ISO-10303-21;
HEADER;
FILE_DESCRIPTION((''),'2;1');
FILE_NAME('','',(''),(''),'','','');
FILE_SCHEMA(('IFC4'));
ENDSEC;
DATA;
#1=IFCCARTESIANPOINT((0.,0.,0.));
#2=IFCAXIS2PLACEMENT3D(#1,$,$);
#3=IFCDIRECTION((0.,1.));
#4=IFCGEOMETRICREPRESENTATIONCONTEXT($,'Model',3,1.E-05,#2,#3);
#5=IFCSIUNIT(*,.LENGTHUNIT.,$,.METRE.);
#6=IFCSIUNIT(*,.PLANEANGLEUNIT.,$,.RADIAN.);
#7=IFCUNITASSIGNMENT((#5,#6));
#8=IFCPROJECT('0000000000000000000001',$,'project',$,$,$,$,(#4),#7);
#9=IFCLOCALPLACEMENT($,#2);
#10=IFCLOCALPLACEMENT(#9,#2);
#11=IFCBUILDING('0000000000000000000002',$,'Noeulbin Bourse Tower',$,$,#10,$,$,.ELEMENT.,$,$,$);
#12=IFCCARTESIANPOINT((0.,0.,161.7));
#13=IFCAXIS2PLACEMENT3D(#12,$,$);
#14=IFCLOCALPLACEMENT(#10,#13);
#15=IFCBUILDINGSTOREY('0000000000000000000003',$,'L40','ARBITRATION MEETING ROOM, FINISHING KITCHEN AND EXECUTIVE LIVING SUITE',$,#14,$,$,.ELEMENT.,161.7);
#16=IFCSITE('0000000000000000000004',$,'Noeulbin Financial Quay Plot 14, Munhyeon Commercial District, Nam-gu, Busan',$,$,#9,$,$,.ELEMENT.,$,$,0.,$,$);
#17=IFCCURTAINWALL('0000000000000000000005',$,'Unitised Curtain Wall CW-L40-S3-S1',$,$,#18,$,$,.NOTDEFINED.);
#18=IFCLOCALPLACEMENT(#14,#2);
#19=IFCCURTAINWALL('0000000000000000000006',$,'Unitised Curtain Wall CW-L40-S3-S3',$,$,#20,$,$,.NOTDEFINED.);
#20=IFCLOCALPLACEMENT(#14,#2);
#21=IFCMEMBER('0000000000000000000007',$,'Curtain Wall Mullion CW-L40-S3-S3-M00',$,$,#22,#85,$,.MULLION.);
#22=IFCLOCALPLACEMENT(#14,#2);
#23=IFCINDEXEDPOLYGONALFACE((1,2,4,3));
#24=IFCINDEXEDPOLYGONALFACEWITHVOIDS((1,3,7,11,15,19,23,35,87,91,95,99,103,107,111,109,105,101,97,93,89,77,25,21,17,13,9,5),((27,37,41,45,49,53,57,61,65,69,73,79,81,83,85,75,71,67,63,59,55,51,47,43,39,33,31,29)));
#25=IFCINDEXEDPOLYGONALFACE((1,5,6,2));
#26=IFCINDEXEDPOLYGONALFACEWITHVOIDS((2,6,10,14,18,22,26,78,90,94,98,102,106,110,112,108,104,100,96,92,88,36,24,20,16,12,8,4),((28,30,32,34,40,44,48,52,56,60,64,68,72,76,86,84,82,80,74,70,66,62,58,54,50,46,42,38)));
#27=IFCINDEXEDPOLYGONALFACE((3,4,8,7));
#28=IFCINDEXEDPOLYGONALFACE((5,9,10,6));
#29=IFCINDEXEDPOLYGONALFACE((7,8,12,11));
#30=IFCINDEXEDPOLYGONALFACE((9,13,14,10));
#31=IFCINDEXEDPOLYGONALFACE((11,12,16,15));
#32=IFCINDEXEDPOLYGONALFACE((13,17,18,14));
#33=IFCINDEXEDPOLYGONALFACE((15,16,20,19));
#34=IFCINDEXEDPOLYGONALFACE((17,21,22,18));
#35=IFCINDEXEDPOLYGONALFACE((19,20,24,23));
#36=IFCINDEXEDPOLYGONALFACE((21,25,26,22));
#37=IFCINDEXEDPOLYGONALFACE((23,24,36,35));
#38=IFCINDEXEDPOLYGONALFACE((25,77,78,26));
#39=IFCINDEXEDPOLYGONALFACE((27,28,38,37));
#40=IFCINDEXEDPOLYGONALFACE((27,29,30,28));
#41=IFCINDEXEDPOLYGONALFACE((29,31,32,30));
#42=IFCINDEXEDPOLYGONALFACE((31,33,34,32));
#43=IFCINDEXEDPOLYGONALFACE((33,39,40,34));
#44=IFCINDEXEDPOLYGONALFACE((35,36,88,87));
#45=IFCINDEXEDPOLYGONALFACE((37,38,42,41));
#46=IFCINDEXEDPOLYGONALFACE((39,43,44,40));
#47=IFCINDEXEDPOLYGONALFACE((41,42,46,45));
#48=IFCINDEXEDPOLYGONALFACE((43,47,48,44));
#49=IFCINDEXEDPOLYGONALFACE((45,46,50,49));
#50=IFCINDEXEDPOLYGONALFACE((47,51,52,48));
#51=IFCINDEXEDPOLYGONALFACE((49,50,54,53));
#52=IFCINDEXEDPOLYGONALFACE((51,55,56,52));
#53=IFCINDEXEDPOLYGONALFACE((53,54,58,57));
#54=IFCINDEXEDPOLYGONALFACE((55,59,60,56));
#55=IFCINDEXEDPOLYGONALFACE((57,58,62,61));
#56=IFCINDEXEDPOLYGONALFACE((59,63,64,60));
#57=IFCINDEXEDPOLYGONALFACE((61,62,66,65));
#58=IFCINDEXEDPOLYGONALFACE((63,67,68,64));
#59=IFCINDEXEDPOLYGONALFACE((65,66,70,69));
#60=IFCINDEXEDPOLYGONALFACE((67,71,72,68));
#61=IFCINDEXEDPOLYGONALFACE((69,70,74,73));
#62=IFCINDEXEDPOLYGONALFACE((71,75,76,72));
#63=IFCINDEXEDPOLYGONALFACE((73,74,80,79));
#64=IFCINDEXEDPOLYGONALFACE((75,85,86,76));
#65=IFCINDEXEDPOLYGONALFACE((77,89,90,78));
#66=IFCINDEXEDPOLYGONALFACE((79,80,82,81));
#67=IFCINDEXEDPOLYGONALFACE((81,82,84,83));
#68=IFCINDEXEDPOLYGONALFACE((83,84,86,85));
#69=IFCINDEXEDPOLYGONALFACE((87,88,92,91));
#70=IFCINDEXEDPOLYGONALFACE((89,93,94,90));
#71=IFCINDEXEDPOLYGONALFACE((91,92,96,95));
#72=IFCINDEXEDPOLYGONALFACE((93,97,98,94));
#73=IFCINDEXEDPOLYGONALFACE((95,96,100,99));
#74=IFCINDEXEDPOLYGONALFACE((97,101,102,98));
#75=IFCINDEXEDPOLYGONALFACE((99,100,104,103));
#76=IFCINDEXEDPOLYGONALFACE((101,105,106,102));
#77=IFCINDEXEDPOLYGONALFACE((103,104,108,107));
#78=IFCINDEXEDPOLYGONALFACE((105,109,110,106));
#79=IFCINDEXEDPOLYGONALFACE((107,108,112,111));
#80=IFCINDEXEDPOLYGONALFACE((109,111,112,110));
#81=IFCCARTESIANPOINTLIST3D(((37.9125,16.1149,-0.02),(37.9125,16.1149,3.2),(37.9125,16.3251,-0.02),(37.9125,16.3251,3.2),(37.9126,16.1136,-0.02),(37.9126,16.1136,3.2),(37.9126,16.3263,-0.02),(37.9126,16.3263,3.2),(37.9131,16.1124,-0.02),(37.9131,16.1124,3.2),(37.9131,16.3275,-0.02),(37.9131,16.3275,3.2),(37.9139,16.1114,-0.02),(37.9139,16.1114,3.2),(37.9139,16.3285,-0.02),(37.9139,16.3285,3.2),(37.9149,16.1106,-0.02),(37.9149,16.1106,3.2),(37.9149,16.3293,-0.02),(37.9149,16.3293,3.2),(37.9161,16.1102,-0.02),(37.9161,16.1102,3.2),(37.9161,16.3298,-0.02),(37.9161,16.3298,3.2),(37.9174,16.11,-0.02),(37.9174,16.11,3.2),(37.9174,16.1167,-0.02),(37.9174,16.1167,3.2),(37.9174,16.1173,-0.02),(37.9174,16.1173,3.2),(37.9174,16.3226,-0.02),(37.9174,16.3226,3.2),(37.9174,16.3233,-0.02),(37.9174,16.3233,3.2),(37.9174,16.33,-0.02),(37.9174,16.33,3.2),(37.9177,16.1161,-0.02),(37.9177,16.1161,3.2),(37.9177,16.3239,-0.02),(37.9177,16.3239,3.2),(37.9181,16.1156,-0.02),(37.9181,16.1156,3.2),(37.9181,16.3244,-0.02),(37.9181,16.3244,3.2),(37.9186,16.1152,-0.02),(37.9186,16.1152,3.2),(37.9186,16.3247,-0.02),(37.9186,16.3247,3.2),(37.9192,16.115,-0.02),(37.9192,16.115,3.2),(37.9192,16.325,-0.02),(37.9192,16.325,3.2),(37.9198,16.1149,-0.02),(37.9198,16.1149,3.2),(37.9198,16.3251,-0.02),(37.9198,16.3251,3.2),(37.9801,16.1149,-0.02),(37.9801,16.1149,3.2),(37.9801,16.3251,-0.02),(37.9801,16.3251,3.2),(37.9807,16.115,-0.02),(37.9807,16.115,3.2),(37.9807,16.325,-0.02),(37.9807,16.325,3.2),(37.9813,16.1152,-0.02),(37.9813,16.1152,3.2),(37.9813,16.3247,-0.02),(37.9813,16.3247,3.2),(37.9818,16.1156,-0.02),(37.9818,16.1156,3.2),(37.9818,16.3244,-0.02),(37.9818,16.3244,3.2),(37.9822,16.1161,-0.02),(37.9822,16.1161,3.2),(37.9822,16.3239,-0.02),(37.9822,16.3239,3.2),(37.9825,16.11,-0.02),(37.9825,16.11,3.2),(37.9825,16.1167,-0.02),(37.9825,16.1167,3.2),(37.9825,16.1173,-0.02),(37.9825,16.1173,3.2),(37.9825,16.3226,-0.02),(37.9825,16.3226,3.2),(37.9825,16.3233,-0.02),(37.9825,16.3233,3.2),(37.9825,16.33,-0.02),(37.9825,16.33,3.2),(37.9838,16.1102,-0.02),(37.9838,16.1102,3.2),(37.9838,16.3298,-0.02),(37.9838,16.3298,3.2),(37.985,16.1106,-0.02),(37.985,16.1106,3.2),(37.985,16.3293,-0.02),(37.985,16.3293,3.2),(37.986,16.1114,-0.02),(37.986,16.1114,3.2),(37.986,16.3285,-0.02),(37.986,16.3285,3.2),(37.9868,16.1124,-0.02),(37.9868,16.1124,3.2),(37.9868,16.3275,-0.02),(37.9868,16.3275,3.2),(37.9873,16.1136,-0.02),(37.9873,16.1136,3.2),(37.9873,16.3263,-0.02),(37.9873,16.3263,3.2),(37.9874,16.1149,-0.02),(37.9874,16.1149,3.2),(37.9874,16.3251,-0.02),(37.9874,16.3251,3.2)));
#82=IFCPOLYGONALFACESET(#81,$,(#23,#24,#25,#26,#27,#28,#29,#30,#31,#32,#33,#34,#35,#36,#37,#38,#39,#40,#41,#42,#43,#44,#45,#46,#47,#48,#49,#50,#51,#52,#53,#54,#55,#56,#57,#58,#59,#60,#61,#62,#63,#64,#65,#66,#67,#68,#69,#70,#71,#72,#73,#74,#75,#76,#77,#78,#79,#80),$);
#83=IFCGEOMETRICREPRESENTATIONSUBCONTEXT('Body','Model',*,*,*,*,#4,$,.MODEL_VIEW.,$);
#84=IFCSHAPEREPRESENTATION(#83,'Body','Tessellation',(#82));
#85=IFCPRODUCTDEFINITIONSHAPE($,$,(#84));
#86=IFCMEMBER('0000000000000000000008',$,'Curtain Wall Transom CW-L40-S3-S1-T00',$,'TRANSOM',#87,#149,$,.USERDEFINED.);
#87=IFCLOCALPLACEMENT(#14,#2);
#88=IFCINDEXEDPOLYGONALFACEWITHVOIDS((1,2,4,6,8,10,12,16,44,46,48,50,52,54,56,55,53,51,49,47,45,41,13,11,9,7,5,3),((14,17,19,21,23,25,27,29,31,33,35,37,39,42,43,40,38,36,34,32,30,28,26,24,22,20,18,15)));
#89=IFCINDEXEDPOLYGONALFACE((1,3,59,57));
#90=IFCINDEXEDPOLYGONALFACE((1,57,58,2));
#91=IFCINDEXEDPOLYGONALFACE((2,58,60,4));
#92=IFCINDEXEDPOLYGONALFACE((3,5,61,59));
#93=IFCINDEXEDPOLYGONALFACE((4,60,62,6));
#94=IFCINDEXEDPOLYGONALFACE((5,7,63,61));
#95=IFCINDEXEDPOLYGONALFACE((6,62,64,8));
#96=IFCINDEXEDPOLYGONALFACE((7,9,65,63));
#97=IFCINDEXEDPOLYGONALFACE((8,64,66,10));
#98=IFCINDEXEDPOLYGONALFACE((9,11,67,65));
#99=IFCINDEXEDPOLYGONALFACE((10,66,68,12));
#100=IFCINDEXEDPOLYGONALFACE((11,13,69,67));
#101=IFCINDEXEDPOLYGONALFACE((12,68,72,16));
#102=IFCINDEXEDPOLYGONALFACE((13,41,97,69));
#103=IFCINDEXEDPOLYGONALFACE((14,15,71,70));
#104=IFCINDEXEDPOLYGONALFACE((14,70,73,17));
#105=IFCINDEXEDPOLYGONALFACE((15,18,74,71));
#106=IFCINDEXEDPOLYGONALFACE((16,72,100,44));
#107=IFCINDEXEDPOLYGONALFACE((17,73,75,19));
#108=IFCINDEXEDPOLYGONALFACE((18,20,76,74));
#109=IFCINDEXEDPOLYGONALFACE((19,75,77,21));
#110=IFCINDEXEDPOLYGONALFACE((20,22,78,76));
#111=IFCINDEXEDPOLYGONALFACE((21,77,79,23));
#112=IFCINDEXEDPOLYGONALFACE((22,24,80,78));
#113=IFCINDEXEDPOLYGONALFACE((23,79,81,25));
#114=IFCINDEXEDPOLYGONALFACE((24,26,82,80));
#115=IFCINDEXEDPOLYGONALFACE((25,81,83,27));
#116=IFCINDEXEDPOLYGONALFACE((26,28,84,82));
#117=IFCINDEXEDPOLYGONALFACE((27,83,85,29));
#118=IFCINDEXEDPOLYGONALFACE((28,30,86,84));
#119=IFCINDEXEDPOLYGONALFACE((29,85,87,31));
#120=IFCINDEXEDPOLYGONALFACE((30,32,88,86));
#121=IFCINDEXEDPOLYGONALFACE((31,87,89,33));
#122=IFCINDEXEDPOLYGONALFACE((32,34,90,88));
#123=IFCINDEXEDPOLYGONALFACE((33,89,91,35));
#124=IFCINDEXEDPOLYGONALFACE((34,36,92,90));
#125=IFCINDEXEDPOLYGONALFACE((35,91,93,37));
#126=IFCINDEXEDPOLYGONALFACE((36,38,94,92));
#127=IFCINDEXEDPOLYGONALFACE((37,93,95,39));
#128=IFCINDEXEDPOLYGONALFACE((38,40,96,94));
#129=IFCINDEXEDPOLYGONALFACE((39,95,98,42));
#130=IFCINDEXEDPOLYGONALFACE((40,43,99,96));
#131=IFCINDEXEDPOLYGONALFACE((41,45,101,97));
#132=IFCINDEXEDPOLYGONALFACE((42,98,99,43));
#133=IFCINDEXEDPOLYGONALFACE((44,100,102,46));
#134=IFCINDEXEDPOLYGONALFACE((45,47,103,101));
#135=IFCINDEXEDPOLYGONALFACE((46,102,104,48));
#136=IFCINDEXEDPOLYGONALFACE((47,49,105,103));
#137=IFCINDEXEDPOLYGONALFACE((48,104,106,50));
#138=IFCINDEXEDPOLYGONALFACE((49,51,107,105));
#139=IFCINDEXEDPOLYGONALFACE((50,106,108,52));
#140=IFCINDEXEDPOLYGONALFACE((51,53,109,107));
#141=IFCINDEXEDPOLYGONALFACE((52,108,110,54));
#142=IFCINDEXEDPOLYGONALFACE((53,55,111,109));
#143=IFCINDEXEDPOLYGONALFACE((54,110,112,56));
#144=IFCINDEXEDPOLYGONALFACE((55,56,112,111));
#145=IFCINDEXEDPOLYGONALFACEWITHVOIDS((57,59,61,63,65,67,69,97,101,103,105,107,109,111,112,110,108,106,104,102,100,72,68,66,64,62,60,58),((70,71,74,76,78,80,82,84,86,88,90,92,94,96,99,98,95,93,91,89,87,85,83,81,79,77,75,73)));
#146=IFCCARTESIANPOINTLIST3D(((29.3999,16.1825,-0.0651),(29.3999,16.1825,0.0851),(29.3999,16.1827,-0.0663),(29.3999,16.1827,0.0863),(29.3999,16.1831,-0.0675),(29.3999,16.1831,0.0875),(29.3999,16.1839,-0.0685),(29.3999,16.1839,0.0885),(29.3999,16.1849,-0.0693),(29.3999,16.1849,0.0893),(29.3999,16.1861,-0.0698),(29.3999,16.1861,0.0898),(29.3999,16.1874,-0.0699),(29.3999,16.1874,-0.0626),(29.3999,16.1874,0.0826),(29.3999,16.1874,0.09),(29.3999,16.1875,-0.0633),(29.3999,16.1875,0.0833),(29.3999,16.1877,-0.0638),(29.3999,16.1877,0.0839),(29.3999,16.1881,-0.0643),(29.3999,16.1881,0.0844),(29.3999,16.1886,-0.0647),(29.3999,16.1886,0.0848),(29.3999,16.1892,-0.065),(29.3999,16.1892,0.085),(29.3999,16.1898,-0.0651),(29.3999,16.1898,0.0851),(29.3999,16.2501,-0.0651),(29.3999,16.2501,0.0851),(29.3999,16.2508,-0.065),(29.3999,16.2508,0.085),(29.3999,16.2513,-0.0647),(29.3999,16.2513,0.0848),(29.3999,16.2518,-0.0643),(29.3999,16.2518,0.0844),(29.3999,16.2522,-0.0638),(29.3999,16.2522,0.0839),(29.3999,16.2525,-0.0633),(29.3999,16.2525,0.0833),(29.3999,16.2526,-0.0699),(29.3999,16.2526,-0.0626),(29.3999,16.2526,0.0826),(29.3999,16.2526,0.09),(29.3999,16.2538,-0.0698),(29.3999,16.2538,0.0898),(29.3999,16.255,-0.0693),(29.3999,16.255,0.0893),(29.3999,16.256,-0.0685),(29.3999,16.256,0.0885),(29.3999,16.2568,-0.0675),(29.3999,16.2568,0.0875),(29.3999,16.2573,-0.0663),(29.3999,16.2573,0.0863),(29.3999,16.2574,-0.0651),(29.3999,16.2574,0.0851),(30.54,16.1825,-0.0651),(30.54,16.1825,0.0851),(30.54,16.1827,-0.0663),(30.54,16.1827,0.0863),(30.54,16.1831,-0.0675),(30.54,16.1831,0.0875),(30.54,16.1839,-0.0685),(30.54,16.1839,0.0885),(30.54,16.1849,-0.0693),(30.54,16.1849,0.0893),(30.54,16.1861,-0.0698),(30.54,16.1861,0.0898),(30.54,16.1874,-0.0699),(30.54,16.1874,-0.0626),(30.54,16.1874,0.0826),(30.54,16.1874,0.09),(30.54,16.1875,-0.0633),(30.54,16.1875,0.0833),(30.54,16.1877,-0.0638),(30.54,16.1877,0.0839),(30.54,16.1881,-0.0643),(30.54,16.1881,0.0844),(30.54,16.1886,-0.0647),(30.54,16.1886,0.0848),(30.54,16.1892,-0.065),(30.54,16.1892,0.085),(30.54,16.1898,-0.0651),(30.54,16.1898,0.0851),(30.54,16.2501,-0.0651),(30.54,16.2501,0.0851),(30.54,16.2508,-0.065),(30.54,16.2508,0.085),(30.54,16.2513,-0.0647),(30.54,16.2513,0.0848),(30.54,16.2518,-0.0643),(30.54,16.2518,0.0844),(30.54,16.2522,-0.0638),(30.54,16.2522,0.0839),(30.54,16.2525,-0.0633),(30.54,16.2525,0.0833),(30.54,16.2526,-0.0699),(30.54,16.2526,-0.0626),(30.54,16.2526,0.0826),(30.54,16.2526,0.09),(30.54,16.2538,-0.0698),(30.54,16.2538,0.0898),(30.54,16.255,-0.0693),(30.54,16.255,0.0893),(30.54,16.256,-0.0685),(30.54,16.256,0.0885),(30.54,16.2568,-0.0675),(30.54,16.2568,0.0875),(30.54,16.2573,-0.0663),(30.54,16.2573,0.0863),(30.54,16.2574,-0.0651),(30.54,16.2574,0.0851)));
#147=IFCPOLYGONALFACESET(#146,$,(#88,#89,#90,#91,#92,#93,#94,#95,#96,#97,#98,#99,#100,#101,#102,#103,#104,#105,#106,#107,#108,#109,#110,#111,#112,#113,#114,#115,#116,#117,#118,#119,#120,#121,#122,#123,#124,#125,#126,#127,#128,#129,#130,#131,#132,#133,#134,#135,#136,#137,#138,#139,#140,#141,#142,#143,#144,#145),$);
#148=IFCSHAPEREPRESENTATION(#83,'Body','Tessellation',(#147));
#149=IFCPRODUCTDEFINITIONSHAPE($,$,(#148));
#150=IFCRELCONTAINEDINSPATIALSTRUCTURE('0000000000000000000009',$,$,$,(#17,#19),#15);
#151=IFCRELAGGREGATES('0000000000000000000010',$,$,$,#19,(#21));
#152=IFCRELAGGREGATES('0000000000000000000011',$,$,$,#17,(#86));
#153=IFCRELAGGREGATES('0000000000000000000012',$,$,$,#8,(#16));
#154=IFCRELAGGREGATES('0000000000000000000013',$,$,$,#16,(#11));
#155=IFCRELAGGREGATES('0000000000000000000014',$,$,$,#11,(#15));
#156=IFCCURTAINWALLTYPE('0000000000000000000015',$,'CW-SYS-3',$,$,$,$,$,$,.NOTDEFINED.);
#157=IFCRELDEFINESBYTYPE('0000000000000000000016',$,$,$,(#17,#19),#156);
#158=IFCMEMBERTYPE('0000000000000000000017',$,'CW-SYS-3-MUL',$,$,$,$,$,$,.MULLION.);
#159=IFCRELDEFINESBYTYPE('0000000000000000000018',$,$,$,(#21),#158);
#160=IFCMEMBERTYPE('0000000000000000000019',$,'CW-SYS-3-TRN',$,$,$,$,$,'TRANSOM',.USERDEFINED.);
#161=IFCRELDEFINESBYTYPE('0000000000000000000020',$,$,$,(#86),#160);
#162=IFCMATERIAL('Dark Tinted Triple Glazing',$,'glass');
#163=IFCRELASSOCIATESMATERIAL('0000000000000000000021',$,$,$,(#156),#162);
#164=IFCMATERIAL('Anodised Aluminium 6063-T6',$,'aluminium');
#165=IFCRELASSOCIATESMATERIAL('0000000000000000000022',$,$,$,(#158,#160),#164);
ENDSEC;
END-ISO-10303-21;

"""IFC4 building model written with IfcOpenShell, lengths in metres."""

from ifc_helpers import new_model, si_unit, direction, frame, origin, origin_2d, place, context, subcontext, project, spatial, hollow_rectangle, extrude, material, material_profile, profile_set, type_object, element, aggregate, save


model = new_model("IFC4")

# Units and contexts
model_context = context("Model", 3, precision=1e-05, world=origin(), true_north=direction((0.0, 1.0)))
body_context = subcontext(model_context, "Body", "Model", "MODEL_VIEW")
ifc_project = project(units=[si_unit("LENGTHUNIT", "METRE"), si_unit("PLANEANGLEUNIT", "RADIAN")], contexts=[model_context])

# Site, building, storey
site_placement = place(None, origin())
site = spatial("IfcSite", under=ifc_project, at=site_placement, Name="Noeulbin Financial Quay Plot 14, Munhyeon Commercial District, Nam-gu, Busan", CompositionType="ELEMENT", RefElevation=0.0)
building_placement = place(site_placement, origin())
building = spatial("IfcBuilding", under=site, at=building_placement, Name="Noeulbin Bourse Tower", CompositionType="ELEMENT")
storey_placement = place(building_placement, frame((0.0, 0.0, 161.7)))
storey = spatial("IfcBuildingStorey", under=building, at=storey_placement, Name="L40", Description="ARBITRATION MEETING ROOM, FINISHING KITCHEN AND EXECUTIVE LIVING SUITE", CompositionType="ELEMENT", Elevation=161.7)

# Curtain wall
ifc_material_1 = material(Name="Dark Tinted Triple Glazing", Category="glass")
curtain_wall_type = type_object("IfcCurtainWallType", Name="CW-SYS-3", PredefinedType="NOTDEFINED", material=ifc_material_1)
curtain_wall_1_placement = place(storey_placement, origin())
curtain_wall_1 = element("IfcCurtainWall", 1, at=curtain_wall_1_placement, inside=storey, type_object=curtain_wall_type, Name="Unitised Curtain Wall CW-L40-S3-S1", PredefinedType="NOTDEFINED")
ifc_material_2 = material(Name="Anodised Aluminium 6063-T6", Category="aluminium")
ifc_material_profile_1 = material_profile(ifc_material_2, hollow_rectangle(XDim=0.075, YDim=0.22, WallThickness=0.0049, InnerFilletRadius=0.0024, OuterFilletRadius=0.0049, at=origin_2d()), Name="ALU-MULL-75x220x5", Category="LoadBearing")
ifc_profile_set_1 = profile_set([ifc_material_profile_1], Name="Anodised Aluminium 6063-T6")
member_type_1 = type_object("IfcMemberType", Name="CW-SYS-3-MUL", PredefinedType="MULLION", material=ifc_profile_set_1)

# Curtain wall, member
curtain_wall_2_placement = place(storey_placement, origin())
curtain_wall_2 = element("IfcCurtainWall", 2, at=curtain_wall_2_placement, inside=storey, type_object=curtain_wall_type, Name="Unitised Curtain Wall CW-L40-S3-S3", PredefinedType="NOTDEFINED")
member_1_placement = place(storey_placement, frame((37.95, 16.22, -0.02), z_axis=(0.0, 0.0, 1.0), x_axis=(1.0, 0.0, 0.0)))
member_1 = element("IfcMember", 3, at=member_1_placement, type_object=member_type_1, Name="Curtain Wall Mullion CW-L40-S3-S3-M00", PredefinedType="MULLION", context=body_context, shape_type="SweptSolid", body=[
    extrude(hollow_rectangle(XDim=0.075, YDim=0.22, WallThickness=0.0049, InnerFilletRadius=0.0024, OuterFilletRadius=0.0049, at=origin_2d()), origin(), (0.0, 0.0, 1.0), 3.22),
])
aggregate(curtain_wall_2, [member_1])

# Member
ifc_material_profile_2 = material_profile(ifc_material_2, hollow_rectangle(XDim=0.075, YDim=0.1599, WallThickness=0.0049, InnerFilletRadius=0.0024, OuterFilletRadius=0.0049, at=origin_2d()), Name="ALU-TRAN-75x160x5", Category="LoadBearing")
ifc_profile_set_2 = profile_set([ifc_material_profile_2], Name="Anodised Aluminium 6063-T6")
member_type_2 = type_object("IfcMemberType", Name="CW-SYS-3-TRN", ElementType="TRANSOM", PredefinedType="USERDEFINED", material=ifc_profile_set_2)
member_2_placement = place(storey_placement, frame((29.3999, 16.22, 0.01), z_axis=(1.0, 0.0, 0.0), x_axis=(0.0, 1.0, 0.0)))
member_2 = element("IfcMember", 4, at=member_2_placement, type_object=member_type_2, Name="Curtain Wall Transom CW-L40-S3-S1-T00", ObjectType="TRANSOM", PredefinedType="USERDEFINED", context=body_context, shape_type="SweptSolid", body=[
    extrude(hollow_rectangle(XDim=0.075, YDim=0.1599, WallThickness=0.0049, InnerFilletRadius=0.0024, OuterFilletRadius=0.0049, at=origin_2d()), origin(), (0.0, 0.0, 1.0), 1.1401),
])

aggregate(curtain_wall_1, [member_2])

save(model, "model.ifc")
